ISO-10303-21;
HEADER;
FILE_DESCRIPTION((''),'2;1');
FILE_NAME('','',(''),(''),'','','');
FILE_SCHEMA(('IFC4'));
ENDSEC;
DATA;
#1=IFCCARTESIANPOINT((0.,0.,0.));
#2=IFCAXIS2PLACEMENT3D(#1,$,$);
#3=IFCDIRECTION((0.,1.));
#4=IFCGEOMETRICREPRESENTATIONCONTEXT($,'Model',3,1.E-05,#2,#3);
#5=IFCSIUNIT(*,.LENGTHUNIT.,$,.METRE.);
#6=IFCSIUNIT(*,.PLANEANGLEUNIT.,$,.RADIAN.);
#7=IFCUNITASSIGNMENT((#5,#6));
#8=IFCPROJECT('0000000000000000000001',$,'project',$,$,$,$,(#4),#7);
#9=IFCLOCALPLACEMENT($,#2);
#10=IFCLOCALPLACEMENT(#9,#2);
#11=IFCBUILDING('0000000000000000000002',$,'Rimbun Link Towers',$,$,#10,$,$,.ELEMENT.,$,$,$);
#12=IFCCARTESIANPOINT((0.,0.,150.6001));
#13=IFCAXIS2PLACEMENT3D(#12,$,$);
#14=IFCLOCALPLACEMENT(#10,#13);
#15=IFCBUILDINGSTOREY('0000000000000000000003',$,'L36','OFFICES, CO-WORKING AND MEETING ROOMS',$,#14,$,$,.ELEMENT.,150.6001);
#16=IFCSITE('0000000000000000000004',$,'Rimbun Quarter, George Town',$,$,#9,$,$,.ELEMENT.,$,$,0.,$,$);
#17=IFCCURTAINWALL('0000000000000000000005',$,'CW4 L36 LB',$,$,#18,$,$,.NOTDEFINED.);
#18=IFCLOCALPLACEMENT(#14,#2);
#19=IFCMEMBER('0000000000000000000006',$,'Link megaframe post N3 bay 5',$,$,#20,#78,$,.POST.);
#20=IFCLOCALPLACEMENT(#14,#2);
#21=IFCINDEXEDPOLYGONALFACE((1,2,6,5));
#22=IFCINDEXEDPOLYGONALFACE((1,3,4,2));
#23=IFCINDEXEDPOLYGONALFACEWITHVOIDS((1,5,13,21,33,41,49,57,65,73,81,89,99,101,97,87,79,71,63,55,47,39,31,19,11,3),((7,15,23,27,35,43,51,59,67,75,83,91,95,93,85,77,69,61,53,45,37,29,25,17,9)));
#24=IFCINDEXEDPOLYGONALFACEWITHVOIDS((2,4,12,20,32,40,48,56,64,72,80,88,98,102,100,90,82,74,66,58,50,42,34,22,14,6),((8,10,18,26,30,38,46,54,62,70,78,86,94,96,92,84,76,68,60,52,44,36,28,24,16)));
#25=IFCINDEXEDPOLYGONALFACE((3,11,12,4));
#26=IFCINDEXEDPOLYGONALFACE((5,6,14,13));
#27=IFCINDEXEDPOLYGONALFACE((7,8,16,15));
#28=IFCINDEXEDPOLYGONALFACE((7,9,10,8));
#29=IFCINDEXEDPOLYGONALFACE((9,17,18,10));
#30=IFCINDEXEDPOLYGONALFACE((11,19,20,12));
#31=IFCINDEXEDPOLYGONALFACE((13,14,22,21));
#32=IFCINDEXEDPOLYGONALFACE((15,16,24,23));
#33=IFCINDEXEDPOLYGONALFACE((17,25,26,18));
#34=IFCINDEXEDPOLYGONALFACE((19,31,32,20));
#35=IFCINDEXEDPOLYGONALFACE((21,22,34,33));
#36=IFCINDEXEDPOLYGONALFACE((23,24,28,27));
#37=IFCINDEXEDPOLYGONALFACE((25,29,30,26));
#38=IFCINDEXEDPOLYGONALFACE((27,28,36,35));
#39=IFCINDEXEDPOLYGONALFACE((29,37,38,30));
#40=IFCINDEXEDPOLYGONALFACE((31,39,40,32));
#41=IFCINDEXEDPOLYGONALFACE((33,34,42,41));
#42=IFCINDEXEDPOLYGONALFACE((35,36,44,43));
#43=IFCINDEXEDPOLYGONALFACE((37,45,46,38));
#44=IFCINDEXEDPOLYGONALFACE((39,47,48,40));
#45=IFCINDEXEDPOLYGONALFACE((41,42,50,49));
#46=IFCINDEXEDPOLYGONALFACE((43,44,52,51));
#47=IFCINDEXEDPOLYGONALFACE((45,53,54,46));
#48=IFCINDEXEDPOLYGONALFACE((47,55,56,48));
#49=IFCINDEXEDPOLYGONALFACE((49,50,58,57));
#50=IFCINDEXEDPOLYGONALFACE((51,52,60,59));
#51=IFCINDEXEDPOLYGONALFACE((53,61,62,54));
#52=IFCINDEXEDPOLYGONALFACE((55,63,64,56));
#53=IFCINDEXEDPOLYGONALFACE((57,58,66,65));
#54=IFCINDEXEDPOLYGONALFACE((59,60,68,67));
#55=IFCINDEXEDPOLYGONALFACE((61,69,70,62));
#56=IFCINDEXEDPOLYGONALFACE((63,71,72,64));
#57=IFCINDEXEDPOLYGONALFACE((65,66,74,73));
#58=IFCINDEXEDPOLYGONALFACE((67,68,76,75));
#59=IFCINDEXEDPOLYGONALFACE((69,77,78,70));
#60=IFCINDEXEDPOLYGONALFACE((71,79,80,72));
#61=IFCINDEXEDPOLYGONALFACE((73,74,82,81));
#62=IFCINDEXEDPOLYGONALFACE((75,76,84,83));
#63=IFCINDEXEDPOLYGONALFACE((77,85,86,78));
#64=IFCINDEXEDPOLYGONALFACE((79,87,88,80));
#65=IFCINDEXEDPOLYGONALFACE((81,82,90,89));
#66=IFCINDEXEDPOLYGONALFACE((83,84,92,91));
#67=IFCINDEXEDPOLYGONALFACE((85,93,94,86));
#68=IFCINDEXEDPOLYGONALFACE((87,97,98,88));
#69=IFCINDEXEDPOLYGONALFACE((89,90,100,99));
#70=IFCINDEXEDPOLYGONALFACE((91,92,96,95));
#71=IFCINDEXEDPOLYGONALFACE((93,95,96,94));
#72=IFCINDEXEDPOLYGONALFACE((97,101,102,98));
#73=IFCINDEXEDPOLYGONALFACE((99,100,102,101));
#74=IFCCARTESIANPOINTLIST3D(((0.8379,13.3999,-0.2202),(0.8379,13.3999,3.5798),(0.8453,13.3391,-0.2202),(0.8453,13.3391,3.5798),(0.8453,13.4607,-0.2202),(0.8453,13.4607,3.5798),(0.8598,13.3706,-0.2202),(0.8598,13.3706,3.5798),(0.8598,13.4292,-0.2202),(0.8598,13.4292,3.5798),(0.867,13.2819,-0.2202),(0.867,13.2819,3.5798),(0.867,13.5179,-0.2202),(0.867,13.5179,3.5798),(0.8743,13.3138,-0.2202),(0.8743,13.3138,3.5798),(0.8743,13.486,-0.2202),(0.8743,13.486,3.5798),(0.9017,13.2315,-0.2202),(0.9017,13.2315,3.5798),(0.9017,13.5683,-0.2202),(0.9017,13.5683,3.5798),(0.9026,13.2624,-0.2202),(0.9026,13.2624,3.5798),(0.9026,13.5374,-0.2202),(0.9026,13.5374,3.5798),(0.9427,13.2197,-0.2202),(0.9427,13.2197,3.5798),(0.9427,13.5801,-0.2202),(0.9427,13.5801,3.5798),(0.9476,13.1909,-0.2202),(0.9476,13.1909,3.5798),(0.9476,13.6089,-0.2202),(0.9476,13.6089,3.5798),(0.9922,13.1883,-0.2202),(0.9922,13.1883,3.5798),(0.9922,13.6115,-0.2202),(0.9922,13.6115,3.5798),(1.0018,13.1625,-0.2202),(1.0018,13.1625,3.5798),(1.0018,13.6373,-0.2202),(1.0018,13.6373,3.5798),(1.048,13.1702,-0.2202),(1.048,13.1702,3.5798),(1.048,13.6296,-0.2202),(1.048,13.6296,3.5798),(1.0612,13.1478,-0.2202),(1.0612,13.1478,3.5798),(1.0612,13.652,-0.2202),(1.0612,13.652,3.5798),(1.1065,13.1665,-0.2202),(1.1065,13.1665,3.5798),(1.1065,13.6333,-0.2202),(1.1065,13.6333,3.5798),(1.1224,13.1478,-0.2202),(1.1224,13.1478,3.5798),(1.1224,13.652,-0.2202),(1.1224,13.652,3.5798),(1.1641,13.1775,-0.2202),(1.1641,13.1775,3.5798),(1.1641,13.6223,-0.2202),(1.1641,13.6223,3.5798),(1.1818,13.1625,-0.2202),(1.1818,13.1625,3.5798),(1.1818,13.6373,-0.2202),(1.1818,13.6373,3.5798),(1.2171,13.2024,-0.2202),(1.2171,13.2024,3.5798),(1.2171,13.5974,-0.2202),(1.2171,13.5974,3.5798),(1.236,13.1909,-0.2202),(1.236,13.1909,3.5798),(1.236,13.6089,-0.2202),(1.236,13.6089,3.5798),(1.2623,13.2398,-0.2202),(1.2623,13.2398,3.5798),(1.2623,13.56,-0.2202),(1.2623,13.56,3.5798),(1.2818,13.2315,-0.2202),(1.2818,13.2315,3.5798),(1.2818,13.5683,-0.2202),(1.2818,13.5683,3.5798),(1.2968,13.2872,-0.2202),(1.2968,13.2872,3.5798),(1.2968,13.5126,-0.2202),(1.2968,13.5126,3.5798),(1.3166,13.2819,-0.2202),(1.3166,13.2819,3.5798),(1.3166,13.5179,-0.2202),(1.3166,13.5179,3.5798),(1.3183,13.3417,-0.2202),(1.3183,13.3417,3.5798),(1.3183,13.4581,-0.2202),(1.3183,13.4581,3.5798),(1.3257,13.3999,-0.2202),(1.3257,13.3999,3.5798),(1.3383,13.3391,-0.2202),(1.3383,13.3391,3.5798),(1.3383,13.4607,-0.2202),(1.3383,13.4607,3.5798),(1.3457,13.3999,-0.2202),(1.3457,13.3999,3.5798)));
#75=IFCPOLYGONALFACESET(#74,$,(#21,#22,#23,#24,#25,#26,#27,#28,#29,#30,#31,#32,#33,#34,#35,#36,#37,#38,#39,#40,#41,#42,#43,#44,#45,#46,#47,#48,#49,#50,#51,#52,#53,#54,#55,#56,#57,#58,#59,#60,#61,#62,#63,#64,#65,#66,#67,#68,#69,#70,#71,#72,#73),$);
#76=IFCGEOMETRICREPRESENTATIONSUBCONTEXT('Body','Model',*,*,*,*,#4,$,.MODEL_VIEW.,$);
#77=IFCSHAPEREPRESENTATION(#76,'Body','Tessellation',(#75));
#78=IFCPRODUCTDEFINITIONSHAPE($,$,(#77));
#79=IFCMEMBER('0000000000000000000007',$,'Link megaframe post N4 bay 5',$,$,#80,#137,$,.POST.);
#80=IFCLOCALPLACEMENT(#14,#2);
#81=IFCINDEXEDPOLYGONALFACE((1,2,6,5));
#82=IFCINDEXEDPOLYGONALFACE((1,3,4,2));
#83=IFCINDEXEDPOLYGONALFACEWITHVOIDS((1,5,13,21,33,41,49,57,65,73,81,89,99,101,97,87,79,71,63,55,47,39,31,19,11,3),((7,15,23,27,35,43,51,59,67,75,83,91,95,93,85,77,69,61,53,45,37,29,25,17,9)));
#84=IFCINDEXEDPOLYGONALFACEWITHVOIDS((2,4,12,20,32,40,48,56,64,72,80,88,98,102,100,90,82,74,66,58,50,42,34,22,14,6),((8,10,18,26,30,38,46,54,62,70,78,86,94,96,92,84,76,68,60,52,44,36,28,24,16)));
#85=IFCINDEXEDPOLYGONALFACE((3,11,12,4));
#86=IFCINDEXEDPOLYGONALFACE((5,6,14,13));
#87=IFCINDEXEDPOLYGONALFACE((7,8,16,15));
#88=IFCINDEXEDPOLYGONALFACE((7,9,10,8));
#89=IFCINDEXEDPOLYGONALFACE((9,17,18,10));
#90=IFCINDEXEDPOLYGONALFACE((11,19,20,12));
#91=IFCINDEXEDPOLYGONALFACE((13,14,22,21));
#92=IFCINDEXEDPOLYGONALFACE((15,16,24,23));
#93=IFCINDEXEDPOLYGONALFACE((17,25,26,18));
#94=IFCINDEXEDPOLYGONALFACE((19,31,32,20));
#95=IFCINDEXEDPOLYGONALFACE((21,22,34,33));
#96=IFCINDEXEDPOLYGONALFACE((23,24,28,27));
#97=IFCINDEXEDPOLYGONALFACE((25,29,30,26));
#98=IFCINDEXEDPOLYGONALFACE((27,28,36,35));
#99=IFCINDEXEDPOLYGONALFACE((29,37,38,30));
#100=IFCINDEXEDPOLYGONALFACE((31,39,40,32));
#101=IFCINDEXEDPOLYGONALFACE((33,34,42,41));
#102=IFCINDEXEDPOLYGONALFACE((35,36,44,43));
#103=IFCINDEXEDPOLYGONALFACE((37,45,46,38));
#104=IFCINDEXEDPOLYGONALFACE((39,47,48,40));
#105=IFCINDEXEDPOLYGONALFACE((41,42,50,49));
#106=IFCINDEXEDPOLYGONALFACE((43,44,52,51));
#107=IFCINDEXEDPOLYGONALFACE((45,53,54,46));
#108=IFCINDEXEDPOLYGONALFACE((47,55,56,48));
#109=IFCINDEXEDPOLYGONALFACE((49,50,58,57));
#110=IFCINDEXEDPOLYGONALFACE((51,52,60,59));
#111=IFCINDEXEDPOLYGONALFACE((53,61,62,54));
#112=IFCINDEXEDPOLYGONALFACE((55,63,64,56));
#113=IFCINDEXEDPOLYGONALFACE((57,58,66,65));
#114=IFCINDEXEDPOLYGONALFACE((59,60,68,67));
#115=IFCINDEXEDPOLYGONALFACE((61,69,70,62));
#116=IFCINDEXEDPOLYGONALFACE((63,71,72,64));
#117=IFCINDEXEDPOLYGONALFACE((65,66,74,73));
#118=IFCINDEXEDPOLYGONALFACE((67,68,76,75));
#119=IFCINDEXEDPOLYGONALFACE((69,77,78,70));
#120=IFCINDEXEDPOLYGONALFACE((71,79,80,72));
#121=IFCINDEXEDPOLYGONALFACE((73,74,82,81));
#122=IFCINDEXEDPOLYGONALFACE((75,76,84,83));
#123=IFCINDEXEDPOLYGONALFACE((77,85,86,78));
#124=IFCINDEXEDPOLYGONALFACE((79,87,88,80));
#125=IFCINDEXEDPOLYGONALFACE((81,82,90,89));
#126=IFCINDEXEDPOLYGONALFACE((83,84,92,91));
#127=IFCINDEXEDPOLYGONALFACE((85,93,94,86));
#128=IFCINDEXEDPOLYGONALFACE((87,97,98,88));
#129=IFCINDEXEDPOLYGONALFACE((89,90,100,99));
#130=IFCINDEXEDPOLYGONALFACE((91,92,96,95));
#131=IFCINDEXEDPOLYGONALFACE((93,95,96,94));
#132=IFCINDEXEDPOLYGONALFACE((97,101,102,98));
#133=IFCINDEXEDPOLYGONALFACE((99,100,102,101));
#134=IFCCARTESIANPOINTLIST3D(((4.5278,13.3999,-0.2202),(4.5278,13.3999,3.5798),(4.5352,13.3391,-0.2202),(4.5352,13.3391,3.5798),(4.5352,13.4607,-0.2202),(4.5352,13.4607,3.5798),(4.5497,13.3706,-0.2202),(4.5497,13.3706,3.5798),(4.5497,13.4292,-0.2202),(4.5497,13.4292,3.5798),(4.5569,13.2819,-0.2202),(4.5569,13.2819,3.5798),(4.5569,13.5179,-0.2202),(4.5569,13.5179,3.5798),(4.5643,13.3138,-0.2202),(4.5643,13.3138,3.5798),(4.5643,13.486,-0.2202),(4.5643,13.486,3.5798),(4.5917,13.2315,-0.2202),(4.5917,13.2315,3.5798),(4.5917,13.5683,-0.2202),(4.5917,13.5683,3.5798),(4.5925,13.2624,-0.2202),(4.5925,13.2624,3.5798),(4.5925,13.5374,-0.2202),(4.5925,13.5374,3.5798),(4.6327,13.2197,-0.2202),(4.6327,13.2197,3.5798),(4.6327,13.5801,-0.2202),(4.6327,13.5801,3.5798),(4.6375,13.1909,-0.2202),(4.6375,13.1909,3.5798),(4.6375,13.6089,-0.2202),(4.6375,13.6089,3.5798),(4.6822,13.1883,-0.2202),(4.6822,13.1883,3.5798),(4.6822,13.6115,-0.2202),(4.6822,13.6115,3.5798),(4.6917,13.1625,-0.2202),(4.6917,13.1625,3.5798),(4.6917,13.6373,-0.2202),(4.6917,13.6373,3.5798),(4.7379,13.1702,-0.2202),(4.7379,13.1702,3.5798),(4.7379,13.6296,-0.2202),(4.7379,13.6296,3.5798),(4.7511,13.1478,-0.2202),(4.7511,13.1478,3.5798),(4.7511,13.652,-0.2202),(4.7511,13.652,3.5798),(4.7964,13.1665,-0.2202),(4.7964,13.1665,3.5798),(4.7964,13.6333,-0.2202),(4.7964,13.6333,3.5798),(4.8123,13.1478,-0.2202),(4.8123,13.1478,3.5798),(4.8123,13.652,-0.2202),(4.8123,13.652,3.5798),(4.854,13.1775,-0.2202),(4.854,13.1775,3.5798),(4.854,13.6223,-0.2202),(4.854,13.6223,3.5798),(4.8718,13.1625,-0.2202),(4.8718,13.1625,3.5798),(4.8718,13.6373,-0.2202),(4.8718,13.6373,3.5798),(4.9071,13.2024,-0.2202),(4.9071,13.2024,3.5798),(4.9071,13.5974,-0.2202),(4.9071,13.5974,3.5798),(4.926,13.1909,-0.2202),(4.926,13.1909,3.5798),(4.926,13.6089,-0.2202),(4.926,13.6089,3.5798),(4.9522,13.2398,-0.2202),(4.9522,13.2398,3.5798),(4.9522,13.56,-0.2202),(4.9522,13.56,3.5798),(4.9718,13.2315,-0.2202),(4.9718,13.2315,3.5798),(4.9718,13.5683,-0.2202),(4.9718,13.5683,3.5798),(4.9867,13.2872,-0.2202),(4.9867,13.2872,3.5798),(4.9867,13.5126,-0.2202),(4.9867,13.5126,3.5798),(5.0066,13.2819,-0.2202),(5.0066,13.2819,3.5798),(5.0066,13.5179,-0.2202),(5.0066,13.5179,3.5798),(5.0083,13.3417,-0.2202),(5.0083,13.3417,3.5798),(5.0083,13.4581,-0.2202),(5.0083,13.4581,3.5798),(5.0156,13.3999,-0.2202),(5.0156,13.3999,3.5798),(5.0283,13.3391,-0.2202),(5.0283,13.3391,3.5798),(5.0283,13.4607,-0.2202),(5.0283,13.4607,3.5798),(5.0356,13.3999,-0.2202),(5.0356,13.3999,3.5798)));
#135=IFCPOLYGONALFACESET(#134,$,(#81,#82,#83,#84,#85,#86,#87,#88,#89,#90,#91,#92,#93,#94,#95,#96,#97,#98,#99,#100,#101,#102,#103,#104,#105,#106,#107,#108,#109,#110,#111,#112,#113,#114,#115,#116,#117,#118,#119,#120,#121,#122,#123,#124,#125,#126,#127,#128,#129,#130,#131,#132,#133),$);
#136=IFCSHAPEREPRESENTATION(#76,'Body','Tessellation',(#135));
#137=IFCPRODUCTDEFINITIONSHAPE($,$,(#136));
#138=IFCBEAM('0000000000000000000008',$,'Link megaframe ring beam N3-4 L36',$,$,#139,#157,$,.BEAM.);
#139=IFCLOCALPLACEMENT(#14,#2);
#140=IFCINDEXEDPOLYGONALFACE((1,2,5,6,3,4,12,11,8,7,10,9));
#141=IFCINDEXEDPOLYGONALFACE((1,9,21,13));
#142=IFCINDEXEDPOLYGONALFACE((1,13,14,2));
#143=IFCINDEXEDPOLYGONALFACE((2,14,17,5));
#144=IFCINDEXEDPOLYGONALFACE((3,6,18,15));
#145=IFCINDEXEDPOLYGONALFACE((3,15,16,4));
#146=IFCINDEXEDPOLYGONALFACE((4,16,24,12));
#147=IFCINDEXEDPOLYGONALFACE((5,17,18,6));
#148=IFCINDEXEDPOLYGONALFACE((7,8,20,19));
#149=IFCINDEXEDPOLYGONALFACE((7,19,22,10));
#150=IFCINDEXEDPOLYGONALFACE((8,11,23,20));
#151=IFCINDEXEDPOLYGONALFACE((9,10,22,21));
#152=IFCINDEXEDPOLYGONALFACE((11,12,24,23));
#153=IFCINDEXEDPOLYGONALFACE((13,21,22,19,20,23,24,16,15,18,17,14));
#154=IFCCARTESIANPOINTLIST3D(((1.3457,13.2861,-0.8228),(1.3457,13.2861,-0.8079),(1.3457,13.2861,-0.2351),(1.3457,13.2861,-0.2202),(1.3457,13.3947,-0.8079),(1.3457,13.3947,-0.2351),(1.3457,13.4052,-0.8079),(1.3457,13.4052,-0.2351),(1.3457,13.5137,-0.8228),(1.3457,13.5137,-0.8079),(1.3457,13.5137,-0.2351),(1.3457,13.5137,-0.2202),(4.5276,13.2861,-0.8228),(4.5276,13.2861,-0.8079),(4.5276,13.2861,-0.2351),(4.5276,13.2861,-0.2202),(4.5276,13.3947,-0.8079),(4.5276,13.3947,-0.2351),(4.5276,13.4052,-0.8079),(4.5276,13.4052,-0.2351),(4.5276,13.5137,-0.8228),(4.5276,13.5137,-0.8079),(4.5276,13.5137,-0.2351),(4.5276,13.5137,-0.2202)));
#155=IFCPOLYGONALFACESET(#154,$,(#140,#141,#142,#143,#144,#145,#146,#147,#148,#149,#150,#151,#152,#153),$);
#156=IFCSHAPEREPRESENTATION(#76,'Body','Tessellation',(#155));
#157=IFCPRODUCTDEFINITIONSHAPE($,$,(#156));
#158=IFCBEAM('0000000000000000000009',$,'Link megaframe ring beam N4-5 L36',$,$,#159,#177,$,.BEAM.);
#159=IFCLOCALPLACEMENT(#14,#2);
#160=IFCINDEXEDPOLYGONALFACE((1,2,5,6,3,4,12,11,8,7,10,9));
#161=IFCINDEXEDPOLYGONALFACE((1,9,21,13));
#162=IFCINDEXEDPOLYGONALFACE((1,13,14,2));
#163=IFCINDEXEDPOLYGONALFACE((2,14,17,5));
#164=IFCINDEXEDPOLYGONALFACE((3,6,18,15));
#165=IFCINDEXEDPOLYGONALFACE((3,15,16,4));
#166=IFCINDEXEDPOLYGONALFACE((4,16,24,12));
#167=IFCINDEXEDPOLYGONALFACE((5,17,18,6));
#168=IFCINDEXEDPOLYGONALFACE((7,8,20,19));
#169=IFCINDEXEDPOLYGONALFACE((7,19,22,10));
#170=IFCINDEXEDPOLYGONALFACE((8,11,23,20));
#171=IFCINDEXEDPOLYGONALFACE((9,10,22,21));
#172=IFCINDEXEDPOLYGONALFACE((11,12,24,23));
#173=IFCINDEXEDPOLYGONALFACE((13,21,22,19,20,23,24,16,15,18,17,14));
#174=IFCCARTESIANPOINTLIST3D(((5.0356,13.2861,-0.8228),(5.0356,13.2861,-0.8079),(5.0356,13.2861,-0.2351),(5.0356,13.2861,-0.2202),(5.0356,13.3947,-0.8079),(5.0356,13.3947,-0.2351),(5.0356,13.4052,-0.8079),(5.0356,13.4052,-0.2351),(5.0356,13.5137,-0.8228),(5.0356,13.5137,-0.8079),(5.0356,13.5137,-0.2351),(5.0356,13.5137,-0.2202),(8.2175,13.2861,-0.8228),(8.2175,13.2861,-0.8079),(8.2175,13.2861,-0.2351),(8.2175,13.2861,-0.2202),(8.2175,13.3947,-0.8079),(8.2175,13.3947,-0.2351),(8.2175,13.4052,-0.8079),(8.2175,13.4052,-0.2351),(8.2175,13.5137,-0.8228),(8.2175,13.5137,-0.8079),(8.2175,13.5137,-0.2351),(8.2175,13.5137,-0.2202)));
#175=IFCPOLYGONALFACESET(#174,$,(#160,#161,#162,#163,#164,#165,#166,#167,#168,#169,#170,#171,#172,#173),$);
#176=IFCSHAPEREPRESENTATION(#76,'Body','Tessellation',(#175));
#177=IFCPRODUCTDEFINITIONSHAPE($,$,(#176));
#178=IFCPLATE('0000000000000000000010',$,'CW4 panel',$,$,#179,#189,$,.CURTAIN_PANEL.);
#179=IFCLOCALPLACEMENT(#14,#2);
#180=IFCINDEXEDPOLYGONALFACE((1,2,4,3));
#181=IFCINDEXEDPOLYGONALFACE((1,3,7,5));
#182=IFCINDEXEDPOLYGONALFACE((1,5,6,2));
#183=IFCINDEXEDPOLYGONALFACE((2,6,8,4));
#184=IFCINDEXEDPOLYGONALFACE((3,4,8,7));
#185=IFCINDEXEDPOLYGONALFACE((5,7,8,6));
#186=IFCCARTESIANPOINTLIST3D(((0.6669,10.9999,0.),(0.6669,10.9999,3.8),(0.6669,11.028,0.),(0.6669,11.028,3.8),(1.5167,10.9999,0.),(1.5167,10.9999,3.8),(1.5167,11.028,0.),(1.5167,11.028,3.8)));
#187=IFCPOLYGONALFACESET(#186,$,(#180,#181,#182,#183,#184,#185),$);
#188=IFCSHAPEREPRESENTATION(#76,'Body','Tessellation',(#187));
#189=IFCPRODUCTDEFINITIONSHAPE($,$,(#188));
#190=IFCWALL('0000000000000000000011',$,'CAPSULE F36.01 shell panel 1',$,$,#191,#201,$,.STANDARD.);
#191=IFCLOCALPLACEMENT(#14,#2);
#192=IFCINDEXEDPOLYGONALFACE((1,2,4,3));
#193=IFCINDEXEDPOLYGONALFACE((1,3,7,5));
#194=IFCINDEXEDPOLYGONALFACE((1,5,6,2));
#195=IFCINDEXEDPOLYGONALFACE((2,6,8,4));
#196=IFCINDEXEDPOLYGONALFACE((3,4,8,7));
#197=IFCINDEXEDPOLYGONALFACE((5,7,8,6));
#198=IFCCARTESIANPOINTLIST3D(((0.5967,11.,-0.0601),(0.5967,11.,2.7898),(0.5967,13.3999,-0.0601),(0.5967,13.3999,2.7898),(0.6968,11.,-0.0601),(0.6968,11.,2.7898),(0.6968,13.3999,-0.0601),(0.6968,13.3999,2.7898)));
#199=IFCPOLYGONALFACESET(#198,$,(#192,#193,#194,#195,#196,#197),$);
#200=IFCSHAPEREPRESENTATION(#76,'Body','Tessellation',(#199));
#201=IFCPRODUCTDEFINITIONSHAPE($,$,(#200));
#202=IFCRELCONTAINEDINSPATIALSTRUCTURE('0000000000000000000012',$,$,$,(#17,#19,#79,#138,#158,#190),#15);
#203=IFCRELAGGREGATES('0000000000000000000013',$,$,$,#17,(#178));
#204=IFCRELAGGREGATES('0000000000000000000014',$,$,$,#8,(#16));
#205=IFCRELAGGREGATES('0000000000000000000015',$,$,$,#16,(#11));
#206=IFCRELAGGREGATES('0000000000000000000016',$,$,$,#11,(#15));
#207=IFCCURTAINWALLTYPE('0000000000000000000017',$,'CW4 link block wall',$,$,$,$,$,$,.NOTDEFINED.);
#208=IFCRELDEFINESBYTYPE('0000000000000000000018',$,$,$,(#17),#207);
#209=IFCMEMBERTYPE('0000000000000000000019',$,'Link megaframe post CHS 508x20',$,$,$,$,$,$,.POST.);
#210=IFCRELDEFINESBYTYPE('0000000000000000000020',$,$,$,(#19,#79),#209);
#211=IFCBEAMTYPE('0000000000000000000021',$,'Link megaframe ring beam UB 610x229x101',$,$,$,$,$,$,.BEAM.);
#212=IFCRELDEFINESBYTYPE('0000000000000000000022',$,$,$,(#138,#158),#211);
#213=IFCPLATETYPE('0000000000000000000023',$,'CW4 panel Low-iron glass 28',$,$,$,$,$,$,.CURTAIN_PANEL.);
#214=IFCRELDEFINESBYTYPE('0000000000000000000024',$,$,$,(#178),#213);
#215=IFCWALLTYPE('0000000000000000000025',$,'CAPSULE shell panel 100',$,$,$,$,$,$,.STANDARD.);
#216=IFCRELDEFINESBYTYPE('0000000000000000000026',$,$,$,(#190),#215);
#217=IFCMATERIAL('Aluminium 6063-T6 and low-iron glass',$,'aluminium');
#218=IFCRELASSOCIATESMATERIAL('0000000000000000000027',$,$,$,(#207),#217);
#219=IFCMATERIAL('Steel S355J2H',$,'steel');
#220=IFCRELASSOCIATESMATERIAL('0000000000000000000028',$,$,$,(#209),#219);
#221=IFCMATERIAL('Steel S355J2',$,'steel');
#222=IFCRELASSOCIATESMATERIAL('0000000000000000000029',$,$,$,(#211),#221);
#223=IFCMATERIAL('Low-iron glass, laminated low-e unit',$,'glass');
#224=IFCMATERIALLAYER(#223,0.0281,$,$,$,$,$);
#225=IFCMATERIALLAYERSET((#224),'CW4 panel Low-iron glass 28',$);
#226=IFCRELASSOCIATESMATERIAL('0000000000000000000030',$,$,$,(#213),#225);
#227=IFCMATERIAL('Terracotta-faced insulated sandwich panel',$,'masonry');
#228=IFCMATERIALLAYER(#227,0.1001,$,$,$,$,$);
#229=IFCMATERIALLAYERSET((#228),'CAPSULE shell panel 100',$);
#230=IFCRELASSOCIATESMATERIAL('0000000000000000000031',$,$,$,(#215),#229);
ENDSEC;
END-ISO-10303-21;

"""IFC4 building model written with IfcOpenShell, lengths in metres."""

from ifc_helpers import new_model, si_unit, direction, frame, frame_2d, origin, origin_2d, place, context, subcontext, project, spatial, rectangle, hollow_circle, i_section, extrude, material, layer, layer_set, material_profile, profile_set, type_object, element, aggregate, save


model = new_model("IFC4")

# Units and contexts
model_context = context("Model", 3, precision=1e-05, world=origin(), true_north=direction((0.0, 1.0)))
body_context = subcontext(model_context, "Body", "Model", "MODEL_VIEW")
ifc_project = project(units=[si_unit("LENGTHUNIT", "METRE"), si_unit("PLANEANGLEUNIT", "RADIAN")], contexts=[model_context])

# Site, building, storey
site_placement = place(None, origin())
site = spatial("IfcSite", under=ifc_project, at=site_placement, Name="Rimbun Quarter, George Town", CompositionType="ELEMENT", RefElevation=0.0)
building_placement = place(site_placement, origin())
building = spatial("IfcBuilding", under=site, at=building_placement, Name="Rimbun Link Towers", CompositionType="ELEMENT")
storey_placement = place(building_placement, frame((0.0, 0.0, 150.6001)))
storey = spatial("IfcBuildingStorey", under=building, at=storey_placement, Name="L36", Description="OFFICES, CO-WORKING AND MEETING ROOMS", CompositionType="ELEMENT", Elevation=150.6001)

# Curtain wall
ifc_material_1 = material(Name="Aluminium 6063-T6 and low-iron glass", Category="aluminium")
curtain_wall_type = type_object("IfcCurtainWallType", Name="CW4 link block wall", PredefinedType="NOTDEFINED", material=ifc_material_1)
curtain_wall_placement = place(storey_placement, origin())
curtain_wall = element("IfcCurtainWall", 1, at=curtain_wall_placement, inside=storey, type_object=curtain_wall_type, Name="CW4 L36 LB", PredefinedType="NOTDEFINED")

# Members
ifc_material_2 = material(Name="Steel S355J2H", Category="steel")
ifc_material_profile_1 = material_profile(ifc_material_2, hollow_circle(Radius=0.2539, WallThickness=0.02, at=origin_2d()), Name="CHS 508x20")
ifc_profile_set_1 = profile_set([ifc_material_profile_1], Name="Steel S355J2H")
member_type_1 = type_object("IfcMemberType", Name="Link megaframe post CHS 508x20", PredefinedType="POST", material=ifc_profile_set_1)
for number, where, z_axis, x_axis, name in (
    (2, (1.0918, 13.3999, -0.2202), (0.0, 0.0, 1.0), (1.0, 0.0, 0.0), "Link megaframe post N3 bay 5"),
    (3, (4.7817, 13.3999, -0.2202), (0.0, 0.0, 1.0), (1.0, 0.0, 0.0), "Link megaframe post N4 bay 5"),
):
    element("IfcMember", number, at=place(storey_placement, frame(where, z_axis=z_axis, x_axis=x_axis)), inside=storey, type_object=member_type_1, Name=name, PredefinedType="POST", context=body_context, shape_type="SweptSolid", body=[
        extrude(hollow_circle(Radius=0.2539, WallThickness=0.02, at=origin_2d()), origin(), (0.0, 0.0, 1.0), 3.8),
    ])

# Beams
ifc_material_3 = material(Name="Steel S355J2", Category="steel")
ifc_material_profile_2 = material_profile(ifc_material_3, i_section(OverallWidth=0.2275, OverallDepth=0.6025, WebThickness=0.0105, FlangeThickness=0.0149, at=origin_2d()), Name="UB 610x229x101")
ifc_profile_set_2 = profile_set([ifc_material_profile_2], Name="Steel S355J2")
beam_type_1 = type_object("IfcBeamType", Name="Link megaframe ring beam UB 610x229x101", PredefinedType="BEAM", material=ifc_profile_set_2)
for number, where, z_axis, x_axis, name in (
    (4, (1.3457, 13.3999, -0.5215), (1.0, 0.0, 0.0), (0.0, 1.0, 0.0), "Link megaframe ring beam N3-4 L36"),
    (5, (5.0356, 13.3999, -0.5215), (1.0, 0.0, 0.0), (0.0, 1.0, 0.0), "Link megaframe ring beam N4-5 L36"),
):
    element("IfcBeam", number, at=place(storey_placement, frame(where, z_axis=z_axis, x_axis=x_axis)), inside=storey, type_object=beam_type_1, Name=name, PredefinedType="BEAM", context=body_context, shape_type="SweptSolid", body=[
        extrude(i_section(OverallWidth=0.2275, OverallDepth=0.6025, WebThickness=0.0105, FlangeThickness=0.0149, at=origin_2d()), origin(), (0.0, 0.0, 1.0), 3.1819),
    ])

# Plate
ifc_material_4 = material(Name="Low-iron glass, laminated low-e unit", Category="glass")
ifc_layer_1 = layer(ifc_material_4, 0.0281)
ifc_layer_set_1 = layer_set([ifc_layer_1], Name="CW4 panel Low-iron glass 28")
plate_type = type_object("IfcPlateType", Name="CW4 panel Low-iron glass 28", PredefinedType="CURTAIN_PANEL", material=ifc_layer_set_1)
plate_placement = place(storey_placement, frame((1.0918, 11.0139, 0.0), z_axis=(0.0, 0.0, 1.0), x_axis=(1.0, 0.0, 0.0)))
plate = element("IfcPlate", 6, at=plate_placement, type_object=plate_type, Name="CW4 panel", PredefinedType="CURTAIN_PANEL", context=body_context, shape_type="SweptSolid", body=[
    extrude(rectangle(XDim=0.8499, YDim=0.0281, at=origin_2d()), origin(), (0.0, 0.0, 1.0), 3.8),
])
aggregate(curtain_wall, [plate])

# Wall
ifc_material_5 = material(Name="Terracotta-faced insulated sandwich panel", Category="masonry")
ifc_layer_2 = layer(ifc_material_5, 0.1001)
ifc_layer_set_2 = layer_set([ifc_layer_2], Name="CAPSULE shell panel 100")
wall_type = type_object("IfcWallType", Name="CAPSULE shell panel 100", PredefinedType="STANDARD", material=ifc_layer_set_2)
wall_1_placement = place(storey_placement, frame((0.6467, 11.0, -0.0601), z_axis=(0.0, 0.0, 1.0), x_axis=(0.0, 1.0, 0.0)))
element("IfcWall", 7, at=wall_1_placement, inside=storey, type_object=wall_type, Name="CAPSULE F36.01 shell panel 1", PredefinedType="STANDARD", context=body_context, shape_type="SweptSolid", body=[
    extrude(rectangle(XDim=2.3999, YDim=0.1001, at=frame_2d((1.2, 0.0))), origin(), (0.0, 0.0, 1.0), 2.8499),
])

save(model, "model.ifc")
